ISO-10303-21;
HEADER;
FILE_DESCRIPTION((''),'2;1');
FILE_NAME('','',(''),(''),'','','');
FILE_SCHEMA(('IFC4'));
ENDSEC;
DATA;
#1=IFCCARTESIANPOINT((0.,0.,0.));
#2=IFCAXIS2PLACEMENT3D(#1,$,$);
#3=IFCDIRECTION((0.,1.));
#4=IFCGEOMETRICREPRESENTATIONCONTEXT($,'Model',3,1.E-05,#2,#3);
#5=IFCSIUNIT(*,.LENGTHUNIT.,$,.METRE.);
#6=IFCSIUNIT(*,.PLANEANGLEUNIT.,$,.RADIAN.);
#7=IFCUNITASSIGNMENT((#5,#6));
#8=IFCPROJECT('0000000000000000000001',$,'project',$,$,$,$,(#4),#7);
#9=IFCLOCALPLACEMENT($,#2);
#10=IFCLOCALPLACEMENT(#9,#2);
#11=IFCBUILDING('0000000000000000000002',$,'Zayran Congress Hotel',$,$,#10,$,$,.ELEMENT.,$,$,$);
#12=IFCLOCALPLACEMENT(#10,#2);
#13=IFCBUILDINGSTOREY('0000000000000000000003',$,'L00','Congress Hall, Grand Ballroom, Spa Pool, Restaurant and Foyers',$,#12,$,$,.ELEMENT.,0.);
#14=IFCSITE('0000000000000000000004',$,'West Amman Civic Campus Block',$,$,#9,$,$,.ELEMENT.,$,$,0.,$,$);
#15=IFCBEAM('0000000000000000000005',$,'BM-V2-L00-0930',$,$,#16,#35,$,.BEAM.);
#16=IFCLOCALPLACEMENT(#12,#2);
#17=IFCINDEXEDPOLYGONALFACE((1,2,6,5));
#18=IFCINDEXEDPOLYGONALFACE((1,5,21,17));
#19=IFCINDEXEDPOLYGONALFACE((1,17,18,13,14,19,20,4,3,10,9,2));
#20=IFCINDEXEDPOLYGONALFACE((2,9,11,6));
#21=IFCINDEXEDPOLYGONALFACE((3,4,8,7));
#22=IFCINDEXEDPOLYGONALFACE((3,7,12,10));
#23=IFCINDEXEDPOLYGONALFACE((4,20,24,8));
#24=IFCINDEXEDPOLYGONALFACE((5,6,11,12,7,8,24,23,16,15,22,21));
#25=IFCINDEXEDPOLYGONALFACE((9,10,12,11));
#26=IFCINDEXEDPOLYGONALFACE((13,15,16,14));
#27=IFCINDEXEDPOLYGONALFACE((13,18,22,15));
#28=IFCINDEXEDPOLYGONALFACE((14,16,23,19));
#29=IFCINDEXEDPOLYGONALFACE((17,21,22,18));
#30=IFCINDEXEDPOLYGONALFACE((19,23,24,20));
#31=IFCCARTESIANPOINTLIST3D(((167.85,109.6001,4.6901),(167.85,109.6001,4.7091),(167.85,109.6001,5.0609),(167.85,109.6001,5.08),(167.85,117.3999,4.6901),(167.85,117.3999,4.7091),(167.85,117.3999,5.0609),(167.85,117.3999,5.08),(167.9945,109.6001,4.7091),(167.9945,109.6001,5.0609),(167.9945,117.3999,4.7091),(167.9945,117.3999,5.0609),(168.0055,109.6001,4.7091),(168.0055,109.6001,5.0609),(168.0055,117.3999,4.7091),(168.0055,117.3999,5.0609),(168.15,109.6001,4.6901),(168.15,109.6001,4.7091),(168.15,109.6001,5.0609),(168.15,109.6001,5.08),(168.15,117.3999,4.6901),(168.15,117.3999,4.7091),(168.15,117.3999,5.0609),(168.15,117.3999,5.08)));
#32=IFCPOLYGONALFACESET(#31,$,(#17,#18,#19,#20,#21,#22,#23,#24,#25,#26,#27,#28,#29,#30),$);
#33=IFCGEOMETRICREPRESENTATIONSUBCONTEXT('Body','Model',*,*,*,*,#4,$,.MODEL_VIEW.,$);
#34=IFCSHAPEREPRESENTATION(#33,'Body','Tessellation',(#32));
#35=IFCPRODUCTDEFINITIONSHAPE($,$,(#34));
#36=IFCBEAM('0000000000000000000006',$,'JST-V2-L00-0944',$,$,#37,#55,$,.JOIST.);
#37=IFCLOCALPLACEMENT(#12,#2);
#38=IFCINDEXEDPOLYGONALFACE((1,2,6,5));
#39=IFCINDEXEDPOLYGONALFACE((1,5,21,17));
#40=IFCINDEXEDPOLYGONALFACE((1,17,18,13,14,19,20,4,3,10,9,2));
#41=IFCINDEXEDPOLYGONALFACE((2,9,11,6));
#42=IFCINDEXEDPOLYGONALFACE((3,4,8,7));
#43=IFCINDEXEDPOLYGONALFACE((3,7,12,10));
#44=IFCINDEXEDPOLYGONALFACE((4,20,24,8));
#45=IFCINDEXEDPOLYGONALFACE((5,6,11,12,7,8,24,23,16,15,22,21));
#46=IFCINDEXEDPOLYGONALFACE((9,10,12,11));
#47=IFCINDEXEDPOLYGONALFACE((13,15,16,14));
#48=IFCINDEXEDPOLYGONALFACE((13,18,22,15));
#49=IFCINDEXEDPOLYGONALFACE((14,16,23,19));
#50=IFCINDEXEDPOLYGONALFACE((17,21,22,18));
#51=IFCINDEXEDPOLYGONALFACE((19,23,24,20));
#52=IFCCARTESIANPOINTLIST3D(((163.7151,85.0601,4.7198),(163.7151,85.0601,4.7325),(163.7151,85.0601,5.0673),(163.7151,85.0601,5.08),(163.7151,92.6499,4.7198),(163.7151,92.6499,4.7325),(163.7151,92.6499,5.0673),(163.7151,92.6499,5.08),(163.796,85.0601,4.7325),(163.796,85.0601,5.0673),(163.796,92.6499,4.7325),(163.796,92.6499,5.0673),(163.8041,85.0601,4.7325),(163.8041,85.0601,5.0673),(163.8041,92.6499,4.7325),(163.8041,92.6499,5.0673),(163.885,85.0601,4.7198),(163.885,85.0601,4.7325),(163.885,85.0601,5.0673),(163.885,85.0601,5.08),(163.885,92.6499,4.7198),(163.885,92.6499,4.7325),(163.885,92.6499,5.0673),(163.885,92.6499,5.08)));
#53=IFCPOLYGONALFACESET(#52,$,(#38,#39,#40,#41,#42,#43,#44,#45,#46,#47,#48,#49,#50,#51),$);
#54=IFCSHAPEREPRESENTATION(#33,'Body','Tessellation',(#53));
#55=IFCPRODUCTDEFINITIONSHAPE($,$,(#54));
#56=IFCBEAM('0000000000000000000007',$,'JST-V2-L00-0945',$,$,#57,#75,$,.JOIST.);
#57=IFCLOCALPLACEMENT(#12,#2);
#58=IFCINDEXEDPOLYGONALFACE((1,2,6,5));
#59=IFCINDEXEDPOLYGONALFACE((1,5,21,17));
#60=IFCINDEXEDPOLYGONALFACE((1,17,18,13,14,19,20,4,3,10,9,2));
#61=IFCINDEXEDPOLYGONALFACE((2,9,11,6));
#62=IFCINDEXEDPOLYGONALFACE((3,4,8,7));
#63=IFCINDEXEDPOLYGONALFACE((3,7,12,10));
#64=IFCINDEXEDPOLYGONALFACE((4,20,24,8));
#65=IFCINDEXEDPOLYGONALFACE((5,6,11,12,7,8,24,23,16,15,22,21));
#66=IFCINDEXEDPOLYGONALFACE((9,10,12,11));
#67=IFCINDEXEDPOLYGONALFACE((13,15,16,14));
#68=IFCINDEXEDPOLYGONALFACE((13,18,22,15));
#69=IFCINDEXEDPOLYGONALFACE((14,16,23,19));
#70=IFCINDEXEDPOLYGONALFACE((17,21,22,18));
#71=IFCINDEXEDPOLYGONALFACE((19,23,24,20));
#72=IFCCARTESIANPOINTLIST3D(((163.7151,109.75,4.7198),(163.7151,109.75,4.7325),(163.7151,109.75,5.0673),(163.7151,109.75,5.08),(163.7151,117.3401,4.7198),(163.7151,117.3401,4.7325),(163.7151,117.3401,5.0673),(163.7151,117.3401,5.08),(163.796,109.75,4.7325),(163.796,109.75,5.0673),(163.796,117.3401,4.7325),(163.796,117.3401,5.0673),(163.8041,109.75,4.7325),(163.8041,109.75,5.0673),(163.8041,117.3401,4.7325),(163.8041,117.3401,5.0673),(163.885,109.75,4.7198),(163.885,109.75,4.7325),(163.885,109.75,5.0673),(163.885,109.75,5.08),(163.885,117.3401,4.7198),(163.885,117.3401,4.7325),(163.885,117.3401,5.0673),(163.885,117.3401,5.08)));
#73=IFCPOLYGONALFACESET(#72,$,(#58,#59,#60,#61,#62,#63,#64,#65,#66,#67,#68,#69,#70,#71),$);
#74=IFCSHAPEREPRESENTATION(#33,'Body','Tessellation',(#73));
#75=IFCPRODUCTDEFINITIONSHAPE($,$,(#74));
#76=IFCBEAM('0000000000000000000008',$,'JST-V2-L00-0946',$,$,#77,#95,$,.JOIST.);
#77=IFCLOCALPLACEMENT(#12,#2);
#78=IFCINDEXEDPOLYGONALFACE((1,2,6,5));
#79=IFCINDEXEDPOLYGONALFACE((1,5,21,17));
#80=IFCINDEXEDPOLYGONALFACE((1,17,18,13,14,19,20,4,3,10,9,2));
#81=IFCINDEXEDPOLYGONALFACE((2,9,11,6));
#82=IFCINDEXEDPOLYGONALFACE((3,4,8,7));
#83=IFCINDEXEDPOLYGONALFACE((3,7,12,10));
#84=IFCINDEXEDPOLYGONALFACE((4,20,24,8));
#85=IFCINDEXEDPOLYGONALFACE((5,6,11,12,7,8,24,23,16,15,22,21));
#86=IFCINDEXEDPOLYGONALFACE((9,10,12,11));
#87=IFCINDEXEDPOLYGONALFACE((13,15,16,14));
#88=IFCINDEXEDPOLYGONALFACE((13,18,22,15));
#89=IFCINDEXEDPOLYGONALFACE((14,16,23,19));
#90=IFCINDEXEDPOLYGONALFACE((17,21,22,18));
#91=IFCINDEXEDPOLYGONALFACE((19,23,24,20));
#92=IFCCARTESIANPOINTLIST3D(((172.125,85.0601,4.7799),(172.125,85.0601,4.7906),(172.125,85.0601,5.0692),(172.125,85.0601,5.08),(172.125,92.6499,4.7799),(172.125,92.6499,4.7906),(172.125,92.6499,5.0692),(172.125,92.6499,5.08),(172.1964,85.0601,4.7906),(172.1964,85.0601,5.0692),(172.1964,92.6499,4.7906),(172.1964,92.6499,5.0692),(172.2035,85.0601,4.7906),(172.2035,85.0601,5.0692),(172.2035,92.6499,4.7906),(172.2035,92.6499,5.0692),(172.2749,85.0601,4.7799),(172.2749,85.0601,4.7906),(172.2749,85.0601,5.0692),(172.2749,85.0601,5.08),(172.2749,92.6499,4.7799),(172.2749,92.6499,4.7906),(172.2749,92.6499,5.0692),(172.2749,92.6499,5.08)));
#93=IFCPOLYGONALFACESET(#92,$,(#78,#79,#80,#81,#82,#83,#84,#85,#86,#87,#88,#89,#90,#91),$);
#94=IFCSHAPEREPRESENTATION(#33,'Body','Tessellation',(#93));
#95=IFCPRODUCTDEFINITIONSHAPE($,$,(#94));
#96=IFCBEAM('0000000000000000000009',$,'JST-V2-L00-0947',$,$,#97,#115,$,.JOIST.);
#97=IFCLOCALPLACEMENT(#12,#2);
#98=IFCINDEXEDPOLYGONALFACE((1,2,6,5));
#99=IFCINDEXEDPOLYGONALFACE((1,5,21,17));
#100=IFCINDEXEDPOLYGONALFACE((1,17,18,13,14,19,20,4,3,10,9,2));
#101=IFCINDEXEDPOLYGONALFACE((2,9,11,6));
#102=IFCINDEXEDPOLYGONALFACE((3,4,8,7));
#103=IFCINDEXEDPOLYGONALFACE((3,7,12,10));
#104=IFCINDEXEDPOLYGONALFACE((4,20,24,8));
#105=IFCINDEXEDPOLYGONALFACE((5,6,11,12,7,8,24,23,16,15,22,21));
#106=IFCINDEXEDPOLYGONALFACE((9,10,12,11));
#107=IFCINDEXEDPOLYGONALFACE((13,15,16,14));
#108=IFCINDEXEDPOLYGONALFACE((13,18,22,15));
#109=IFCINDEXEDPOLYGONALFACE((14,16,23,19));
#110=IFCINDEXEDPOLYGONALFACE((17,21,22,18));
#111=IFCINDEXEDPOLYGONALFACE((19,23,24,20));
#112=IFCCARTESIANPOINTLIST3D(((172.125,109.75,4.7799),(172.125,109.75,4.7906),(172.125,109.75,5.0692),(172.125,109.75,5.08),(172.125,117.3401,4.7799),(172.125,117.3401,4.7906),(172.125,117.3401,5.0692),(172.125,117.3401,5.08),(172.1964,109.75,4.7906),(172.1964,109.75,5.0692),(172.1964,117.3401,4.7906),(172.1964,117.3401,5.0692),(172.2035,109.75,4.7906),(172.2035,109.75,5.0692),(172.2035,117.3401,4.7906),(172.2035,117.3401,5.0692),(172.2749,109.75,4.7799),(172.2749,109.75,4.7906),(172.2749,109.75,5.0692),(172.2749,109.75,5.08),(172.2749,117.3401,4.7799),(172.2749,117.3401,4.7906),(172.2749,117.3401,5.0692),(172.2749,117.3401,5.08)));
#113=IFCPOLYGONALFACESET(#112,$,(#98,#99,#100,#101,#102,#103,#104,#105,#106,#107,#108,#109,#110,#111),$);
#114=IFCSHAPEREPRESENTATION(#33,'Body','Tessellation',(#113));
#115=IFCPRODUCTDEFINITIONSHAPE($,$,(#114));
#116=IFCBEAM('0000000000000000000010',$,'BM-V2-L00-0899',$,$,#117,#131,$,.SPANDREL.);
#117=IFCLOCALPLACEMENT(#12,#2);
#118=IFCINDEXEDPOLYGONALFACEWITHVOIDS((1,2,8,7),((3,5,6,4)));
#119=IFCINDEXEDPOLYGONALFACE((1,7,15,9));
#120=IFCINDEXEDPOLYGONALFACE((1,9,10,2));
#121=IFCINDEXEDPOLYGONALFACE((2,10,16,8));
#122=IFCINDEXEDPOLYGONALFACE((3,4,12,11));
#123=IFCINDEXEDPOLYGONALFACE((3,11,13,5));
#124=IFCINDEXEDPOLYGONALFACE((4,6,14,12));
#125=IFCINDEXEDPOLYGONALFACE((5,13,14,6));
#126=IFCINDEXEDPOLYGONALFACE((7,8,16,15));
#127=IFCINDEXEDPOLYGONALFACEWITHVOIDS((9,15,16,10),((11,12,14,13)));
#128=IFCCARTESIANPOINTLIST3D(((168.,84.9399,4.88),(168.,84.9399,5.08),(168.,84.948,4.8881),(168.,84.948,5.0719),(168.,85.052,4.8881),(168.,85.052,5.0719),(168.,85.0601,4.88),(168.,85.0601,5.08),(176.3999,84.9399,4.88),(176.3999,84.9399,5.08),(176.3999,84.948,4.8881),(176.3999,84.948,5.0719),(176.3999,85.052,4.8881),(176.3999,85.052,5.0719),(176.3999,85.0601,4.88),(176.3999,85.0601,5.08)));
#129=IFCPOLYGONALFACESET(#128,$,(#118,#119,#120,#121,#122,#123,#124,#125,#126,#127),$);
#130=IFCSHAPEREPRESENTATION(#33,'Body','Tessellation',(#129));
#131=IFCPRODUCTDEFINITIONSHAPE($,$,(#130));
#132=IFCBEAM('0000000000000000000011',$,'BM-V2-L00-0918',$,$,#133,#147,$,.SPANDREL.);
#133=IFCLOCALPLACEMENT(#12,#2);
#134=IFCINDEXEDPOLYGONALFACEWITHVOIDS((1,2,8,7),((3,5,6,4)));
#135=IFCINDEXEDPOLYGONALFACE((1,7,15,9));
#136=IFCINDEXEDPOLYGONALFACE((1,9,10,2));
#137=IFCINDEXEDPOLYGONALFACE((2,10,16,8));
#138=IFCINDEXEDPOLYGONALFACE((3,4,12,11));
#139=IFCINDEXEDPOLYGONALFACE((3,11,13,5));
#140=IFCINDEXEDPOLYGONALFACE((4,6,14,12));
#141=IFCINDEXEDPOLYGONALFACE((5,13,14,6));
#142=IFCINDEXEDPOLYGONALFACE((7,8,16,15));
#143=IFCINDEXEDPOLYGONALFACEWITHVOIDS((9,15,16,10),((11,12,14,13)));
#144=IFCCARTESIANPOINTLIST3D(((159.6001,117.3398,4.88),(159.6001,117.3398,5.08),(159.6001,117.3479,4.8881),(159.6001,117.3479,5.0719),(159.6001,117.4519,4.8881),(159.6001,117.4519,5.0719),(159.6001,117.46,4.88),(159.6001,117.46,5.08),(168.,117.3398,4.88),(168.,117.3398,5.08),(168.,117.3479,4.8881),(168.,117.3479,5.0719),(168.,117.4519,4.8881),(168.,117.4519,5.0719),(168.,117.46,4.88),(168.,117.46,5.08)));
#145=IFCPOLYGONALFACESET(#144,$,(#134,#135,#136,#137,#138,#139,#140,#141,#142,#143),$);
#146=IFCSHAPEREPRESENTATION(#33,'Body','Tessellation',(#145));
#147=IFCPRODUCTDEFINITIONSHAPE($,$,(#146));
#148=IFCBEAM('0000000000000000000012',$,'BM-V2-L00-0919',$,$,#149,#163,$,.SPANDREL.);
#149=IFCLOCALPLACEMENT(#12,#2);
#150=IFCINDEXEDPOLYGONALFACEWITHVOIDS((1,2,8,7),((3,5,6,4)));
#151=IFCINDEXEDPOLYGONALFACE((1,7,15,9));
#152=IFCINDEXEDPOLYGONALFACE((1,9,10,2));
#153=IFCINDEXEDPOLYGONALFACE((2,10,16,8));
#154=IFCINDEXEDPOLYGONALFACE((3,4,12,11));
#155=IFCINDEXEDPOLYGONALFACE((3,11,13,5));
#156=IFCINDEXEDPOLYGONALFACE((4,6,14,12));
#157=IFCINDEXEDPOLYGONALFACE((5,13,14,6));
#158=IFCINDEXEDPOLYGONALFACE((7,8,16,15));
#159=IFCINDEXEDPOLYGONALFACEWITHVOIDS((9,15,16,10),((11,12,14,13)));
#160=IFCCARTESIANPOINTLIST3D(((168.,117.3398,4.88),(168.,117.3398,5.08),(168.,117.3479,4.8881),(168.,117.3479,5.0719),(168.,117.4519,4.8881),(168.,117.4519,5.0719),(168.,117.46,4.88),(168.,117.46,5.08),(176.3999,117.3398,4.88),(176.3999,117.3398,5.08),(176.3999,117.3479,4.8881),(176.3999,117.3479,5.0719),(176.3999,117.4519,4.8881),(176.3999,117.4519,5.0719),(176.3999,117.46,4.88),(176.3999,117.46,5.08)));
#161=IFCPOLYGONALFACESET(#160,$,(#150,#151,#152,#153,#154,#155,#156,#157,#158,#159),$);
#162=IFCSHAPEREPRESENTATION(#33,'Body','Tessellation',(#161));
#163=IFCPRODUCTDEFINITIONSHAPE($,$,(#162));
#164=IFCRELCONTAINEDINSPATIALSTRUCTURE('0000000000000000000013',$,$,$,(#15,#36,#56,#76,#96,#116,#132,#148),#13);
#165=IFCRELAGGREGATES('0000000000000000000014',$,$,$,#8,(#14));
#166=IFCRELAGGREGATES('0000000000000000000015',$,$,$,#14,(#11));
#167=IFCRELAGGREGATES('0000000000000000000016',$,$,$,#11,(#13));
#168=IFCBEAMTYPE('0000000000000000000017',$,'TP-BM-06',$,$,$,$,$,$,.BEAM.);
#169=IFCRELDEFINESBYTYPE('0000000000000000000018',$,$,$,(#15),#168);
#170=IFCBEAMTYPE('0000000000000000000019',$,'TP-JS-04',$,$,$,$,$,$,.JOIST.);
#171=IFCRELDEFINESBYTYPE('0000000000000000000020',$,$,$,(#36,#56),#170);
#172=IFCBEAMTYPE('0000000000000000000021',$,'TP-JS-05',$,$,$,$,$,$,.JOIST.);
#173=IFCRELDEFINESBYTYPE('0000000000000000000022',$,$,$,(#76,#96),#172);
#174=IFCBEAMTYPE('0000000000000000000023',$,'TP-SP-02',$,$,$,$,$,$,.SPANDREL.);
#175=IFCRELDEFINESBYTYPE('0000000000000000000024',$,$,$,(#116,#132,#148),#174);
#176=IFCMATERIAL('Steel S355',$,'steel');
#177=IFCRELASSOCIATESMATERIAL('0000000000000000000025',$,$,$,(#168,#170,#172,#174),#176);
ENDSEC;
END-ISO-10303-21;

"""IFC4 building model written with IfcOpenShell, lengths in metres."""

from ifc_helpers import new_model, si_unit, direction, frame, origin, origin_2d, place, context, subcontext, project, spatial, hollow_rectangle, i_section, extrude, material, material_profile, profile_set, type_object, element, save


model = new_model("IFC4")

# Units and contexts
model_context = context("Model", 3, precision=1e-05, world=origin(), true_north=direction((0.0, 1.0)))
body_context = subcontext(model_context, "Body", "Model", "MODEL_VIEW")
ifc_project = project(units=[si_unit("LENGTHUNIT", "METRE"), si_unit("PLANEANGLEUNIT", "RADIAN")], contexts=[model_context])

# Site, building, storey
site_placement = place(None, origin())
site = spatial("IfcSite", under=ifc_project, at=site_placement, Name="West Amman Civic Campus Block", CompositionType="ELEMENT", RefElevation=0.0)
building_placement = place(site_placement, origin())
building = spatial("IfcBuilding", under=site, at=building_placement, Name="Zayran Congress Hotel", CompositionType="ELEMENT")
storey_placement = place(building_placement, origin())
storey = spatial("IfcBuildingStorey", under=building, at=storey_placement, Name="L00", Description="Congress Hall, Grand Ballroom, Spa Pool, Restaurant and Foyers", CompositionType="ELEMENT", Elevation=0.0)

# Beams
ifc_material_1 = material(Name="Steel S355", Category="steel")
ifc_material_profile_1 = material_profile(ifc_material_1, i_section(OverallWidth=0.3, OverallDepth=0.3899, WebThickness=0.011, FlangeThickness=0.019, at=origin_2d()), Name="HEA 400")
ifc_profile_set_1 = profile_set([ifc_material_profile_1], Name="Steel S355")
beam_type_1 = type_object("IfcBeamType", Name="TP-BM-06", PredefinedType="BEAM", material=ifc_profile_set_1)
beam_1_placement = place(storey_placement, frame((168.0, 109.6001, 4.885), z_axis=(0.0, 1.0, 0.0), x_axis=(-1.0, 0.0, 0.0)))
element("IfcBeam", 1, at=beam_1_placement, inside=storey, type_object=beam_type_1, Name="BM-V2-L00-0930", PredefinedType="BEAM", context=body_context, shape_type="SweptSolid", body=[
    extrude(i_section(OverallWidth=0.3, OverallDepth=0.3899, WebThickness=0.011, FlangeThickness=0.019, at=origin_2d()), origin(), (0.0, 0.0, 1.0), 7.7998),
])
ifc_material_profile_2 = material_profile(ifc_material_1, i_section(OverallWidth=0.1699, OverallDepth=0.3601, WebThickness=0.0081, FlangeThickness=0.0127, at=origin_2d()), Name="IPE 360")
ifc_profile_set_2 = profile_set([ifc_material_profile_2], Name="Steel S355")
beam_type_2 = type_object("IfcBeamType", Name="TP-JS-04", PredefinedType="JOIST", material=ifc_profile_set_2)
beam_2_placement = place(storey_placement, frame((163.8, 85.0601, 4.8999), z_axis=(0.0, 1.0, 0.0), x_axis=(-1.0, 0.0, 0.0)))
element("IfcBeam", 2, at=beam_2_placement, inside=storey, type_object=beam_type_2, Name="JST-V2-L00-0944", PredefinedType="JOIST", context=body_context, shape_type="SweptSolid", body=[
    extrude(i_section(OverallWidth=0.1699, OverallDepth=0.3601, WebThickness=0.0081, FlangeThickness=0.0127, at=origin_2d()), origin(), (0.0, 0.0, 1.0), 7.5898),
])
beam_3_placement = place(storey_placement, frame((163.8, 109.75, 4.8999), z_axis=(0.0, 1.0, 0.0), x_axis=(-1.0, 0.0, 0.0)))
element("IfcBeam", 3, at=beam_3_placement, inside=storey, type_object=beam_type_2, Name="JST-V2-L00-0945", PredefinedType="JOIST", context=body_context, shape_type="SweptSolid", body=[
    extrude(i_section(OverallWidth=0.1699, OverallDepth=0.3601, WebThickness=0.0081, FlangeThickness=0.0127, at=origin_2d()), origin(), (0.0, 0.0, 1.0), 7.5901),
])
ifc_material_profile_3 = material_profile(ifc_material_1, i_section(OverallWidth=0.1499, OverallDepth=0.3, WebThickness=0.0071, FlangeThickness=0.0107, at=origin_2d()), Name="IPE 300")
ifc_profile_set_3 = profile_set([ifc_material_profile_3], Name="Steel S355")
beam_type_3 = type_object("IfcBeamType", Name="TP-JS-05", PredefinedType="JOIST", material=ifc_profile_set_3)
beam_4_placement = place(storey_placement, frame((172.2, 85.0601, 4.9299), z_axis=(0.0, 1.0, 0.0), x_axis=(-1.0, 0.0, 0.0)))
element("IfcBeam", 4, at=beam_4_placement, inside=storey, type_object=beam_type_3, Name="JST-V2-L00-0946", PredefinedType="JOIST", context=body_context, shape_type="SweptSolid", body=[
    extrude(i_section(OverallWidth=0.1499, OverallDepth=0.3, WebThickness=0.0071, FlangeThickness=0.0107, at=origin_2d()), origin(), (0.0, 0.0, 1.0), 7.5898),
])
beam_5_placement = place(storey_placement, frame((172.2, 109.75, 4.9299), z_axis=(0.0, 1.0, 0.0), x_axis=(-1.0, 0.0, 0.0)))
element("IfcBeam", 5, at=beam_5_placement, inside=storey, type_object=beam_type_3, Name="JST-V2-L00-0947", PredefinedType="JOIST", context=body_context, shape_type="SweptSolid", body=[
    extrude(i_section(OverallWidth=0.1499, OverallDepth=0.3, WebThickness=0.0071, FlangeThickness=0.0107, at=origin_2d()), origin(), (0.0, 0.0, 1.0), 7.5901),
])
ifc_material_profile_4 = material_profile(ifc_material_1, hollow_rectangle(XDim=0.1201, YDim=0.2, WallThickness=0.0081, at=origin_2d()), Name="RHS 200x120x8")
ifc_profile_set_4 = profile_set([ifc_material_profile_4], Name="Steel S355")
beam_type_4 = type_object("IfcBeamType", Name="TP-SP-02", PredefinedType="SPANDREL", material=ifc_profile_set_4)
for number, where, z_axis, x_axis, name in (
    (6, (168.0, 85.0, 4.98), (1.0, 0.0, 0.0), (0.0, 1.0, 0.0), "BM-V2-L00-0899"),
    (7, (159.6001, 117.3999, 4.98), (1.0, 0.0, 0.0), (0.0, 1.0, 0.0), "BM-V2-L00-0918"),
    (8, (168.0, 117.3999, 4.98), (1.0, 0.0, 0.0), (0.0, 1.0, 0.0), "BM-V2-L00-0919"),
):
    element("IfcBeam", number, at=place(storey_placement, frame(where, z_axis=z_axis, x_axis=x_axis)), inside=storey, type_object=beam_type_4, Name=name, PredefinedType="SPANDREL", context=body_context, shape_type="SweptSolid", body=[
        extrude(hollow_rectangle(XDim=0.1201, YDim=0.2, WallThickness=0.0081, at=origin_2d()), origin(), (0.0, 0.0, 1.0), 8.3999),
    ])

save(model, "model.ifc")
